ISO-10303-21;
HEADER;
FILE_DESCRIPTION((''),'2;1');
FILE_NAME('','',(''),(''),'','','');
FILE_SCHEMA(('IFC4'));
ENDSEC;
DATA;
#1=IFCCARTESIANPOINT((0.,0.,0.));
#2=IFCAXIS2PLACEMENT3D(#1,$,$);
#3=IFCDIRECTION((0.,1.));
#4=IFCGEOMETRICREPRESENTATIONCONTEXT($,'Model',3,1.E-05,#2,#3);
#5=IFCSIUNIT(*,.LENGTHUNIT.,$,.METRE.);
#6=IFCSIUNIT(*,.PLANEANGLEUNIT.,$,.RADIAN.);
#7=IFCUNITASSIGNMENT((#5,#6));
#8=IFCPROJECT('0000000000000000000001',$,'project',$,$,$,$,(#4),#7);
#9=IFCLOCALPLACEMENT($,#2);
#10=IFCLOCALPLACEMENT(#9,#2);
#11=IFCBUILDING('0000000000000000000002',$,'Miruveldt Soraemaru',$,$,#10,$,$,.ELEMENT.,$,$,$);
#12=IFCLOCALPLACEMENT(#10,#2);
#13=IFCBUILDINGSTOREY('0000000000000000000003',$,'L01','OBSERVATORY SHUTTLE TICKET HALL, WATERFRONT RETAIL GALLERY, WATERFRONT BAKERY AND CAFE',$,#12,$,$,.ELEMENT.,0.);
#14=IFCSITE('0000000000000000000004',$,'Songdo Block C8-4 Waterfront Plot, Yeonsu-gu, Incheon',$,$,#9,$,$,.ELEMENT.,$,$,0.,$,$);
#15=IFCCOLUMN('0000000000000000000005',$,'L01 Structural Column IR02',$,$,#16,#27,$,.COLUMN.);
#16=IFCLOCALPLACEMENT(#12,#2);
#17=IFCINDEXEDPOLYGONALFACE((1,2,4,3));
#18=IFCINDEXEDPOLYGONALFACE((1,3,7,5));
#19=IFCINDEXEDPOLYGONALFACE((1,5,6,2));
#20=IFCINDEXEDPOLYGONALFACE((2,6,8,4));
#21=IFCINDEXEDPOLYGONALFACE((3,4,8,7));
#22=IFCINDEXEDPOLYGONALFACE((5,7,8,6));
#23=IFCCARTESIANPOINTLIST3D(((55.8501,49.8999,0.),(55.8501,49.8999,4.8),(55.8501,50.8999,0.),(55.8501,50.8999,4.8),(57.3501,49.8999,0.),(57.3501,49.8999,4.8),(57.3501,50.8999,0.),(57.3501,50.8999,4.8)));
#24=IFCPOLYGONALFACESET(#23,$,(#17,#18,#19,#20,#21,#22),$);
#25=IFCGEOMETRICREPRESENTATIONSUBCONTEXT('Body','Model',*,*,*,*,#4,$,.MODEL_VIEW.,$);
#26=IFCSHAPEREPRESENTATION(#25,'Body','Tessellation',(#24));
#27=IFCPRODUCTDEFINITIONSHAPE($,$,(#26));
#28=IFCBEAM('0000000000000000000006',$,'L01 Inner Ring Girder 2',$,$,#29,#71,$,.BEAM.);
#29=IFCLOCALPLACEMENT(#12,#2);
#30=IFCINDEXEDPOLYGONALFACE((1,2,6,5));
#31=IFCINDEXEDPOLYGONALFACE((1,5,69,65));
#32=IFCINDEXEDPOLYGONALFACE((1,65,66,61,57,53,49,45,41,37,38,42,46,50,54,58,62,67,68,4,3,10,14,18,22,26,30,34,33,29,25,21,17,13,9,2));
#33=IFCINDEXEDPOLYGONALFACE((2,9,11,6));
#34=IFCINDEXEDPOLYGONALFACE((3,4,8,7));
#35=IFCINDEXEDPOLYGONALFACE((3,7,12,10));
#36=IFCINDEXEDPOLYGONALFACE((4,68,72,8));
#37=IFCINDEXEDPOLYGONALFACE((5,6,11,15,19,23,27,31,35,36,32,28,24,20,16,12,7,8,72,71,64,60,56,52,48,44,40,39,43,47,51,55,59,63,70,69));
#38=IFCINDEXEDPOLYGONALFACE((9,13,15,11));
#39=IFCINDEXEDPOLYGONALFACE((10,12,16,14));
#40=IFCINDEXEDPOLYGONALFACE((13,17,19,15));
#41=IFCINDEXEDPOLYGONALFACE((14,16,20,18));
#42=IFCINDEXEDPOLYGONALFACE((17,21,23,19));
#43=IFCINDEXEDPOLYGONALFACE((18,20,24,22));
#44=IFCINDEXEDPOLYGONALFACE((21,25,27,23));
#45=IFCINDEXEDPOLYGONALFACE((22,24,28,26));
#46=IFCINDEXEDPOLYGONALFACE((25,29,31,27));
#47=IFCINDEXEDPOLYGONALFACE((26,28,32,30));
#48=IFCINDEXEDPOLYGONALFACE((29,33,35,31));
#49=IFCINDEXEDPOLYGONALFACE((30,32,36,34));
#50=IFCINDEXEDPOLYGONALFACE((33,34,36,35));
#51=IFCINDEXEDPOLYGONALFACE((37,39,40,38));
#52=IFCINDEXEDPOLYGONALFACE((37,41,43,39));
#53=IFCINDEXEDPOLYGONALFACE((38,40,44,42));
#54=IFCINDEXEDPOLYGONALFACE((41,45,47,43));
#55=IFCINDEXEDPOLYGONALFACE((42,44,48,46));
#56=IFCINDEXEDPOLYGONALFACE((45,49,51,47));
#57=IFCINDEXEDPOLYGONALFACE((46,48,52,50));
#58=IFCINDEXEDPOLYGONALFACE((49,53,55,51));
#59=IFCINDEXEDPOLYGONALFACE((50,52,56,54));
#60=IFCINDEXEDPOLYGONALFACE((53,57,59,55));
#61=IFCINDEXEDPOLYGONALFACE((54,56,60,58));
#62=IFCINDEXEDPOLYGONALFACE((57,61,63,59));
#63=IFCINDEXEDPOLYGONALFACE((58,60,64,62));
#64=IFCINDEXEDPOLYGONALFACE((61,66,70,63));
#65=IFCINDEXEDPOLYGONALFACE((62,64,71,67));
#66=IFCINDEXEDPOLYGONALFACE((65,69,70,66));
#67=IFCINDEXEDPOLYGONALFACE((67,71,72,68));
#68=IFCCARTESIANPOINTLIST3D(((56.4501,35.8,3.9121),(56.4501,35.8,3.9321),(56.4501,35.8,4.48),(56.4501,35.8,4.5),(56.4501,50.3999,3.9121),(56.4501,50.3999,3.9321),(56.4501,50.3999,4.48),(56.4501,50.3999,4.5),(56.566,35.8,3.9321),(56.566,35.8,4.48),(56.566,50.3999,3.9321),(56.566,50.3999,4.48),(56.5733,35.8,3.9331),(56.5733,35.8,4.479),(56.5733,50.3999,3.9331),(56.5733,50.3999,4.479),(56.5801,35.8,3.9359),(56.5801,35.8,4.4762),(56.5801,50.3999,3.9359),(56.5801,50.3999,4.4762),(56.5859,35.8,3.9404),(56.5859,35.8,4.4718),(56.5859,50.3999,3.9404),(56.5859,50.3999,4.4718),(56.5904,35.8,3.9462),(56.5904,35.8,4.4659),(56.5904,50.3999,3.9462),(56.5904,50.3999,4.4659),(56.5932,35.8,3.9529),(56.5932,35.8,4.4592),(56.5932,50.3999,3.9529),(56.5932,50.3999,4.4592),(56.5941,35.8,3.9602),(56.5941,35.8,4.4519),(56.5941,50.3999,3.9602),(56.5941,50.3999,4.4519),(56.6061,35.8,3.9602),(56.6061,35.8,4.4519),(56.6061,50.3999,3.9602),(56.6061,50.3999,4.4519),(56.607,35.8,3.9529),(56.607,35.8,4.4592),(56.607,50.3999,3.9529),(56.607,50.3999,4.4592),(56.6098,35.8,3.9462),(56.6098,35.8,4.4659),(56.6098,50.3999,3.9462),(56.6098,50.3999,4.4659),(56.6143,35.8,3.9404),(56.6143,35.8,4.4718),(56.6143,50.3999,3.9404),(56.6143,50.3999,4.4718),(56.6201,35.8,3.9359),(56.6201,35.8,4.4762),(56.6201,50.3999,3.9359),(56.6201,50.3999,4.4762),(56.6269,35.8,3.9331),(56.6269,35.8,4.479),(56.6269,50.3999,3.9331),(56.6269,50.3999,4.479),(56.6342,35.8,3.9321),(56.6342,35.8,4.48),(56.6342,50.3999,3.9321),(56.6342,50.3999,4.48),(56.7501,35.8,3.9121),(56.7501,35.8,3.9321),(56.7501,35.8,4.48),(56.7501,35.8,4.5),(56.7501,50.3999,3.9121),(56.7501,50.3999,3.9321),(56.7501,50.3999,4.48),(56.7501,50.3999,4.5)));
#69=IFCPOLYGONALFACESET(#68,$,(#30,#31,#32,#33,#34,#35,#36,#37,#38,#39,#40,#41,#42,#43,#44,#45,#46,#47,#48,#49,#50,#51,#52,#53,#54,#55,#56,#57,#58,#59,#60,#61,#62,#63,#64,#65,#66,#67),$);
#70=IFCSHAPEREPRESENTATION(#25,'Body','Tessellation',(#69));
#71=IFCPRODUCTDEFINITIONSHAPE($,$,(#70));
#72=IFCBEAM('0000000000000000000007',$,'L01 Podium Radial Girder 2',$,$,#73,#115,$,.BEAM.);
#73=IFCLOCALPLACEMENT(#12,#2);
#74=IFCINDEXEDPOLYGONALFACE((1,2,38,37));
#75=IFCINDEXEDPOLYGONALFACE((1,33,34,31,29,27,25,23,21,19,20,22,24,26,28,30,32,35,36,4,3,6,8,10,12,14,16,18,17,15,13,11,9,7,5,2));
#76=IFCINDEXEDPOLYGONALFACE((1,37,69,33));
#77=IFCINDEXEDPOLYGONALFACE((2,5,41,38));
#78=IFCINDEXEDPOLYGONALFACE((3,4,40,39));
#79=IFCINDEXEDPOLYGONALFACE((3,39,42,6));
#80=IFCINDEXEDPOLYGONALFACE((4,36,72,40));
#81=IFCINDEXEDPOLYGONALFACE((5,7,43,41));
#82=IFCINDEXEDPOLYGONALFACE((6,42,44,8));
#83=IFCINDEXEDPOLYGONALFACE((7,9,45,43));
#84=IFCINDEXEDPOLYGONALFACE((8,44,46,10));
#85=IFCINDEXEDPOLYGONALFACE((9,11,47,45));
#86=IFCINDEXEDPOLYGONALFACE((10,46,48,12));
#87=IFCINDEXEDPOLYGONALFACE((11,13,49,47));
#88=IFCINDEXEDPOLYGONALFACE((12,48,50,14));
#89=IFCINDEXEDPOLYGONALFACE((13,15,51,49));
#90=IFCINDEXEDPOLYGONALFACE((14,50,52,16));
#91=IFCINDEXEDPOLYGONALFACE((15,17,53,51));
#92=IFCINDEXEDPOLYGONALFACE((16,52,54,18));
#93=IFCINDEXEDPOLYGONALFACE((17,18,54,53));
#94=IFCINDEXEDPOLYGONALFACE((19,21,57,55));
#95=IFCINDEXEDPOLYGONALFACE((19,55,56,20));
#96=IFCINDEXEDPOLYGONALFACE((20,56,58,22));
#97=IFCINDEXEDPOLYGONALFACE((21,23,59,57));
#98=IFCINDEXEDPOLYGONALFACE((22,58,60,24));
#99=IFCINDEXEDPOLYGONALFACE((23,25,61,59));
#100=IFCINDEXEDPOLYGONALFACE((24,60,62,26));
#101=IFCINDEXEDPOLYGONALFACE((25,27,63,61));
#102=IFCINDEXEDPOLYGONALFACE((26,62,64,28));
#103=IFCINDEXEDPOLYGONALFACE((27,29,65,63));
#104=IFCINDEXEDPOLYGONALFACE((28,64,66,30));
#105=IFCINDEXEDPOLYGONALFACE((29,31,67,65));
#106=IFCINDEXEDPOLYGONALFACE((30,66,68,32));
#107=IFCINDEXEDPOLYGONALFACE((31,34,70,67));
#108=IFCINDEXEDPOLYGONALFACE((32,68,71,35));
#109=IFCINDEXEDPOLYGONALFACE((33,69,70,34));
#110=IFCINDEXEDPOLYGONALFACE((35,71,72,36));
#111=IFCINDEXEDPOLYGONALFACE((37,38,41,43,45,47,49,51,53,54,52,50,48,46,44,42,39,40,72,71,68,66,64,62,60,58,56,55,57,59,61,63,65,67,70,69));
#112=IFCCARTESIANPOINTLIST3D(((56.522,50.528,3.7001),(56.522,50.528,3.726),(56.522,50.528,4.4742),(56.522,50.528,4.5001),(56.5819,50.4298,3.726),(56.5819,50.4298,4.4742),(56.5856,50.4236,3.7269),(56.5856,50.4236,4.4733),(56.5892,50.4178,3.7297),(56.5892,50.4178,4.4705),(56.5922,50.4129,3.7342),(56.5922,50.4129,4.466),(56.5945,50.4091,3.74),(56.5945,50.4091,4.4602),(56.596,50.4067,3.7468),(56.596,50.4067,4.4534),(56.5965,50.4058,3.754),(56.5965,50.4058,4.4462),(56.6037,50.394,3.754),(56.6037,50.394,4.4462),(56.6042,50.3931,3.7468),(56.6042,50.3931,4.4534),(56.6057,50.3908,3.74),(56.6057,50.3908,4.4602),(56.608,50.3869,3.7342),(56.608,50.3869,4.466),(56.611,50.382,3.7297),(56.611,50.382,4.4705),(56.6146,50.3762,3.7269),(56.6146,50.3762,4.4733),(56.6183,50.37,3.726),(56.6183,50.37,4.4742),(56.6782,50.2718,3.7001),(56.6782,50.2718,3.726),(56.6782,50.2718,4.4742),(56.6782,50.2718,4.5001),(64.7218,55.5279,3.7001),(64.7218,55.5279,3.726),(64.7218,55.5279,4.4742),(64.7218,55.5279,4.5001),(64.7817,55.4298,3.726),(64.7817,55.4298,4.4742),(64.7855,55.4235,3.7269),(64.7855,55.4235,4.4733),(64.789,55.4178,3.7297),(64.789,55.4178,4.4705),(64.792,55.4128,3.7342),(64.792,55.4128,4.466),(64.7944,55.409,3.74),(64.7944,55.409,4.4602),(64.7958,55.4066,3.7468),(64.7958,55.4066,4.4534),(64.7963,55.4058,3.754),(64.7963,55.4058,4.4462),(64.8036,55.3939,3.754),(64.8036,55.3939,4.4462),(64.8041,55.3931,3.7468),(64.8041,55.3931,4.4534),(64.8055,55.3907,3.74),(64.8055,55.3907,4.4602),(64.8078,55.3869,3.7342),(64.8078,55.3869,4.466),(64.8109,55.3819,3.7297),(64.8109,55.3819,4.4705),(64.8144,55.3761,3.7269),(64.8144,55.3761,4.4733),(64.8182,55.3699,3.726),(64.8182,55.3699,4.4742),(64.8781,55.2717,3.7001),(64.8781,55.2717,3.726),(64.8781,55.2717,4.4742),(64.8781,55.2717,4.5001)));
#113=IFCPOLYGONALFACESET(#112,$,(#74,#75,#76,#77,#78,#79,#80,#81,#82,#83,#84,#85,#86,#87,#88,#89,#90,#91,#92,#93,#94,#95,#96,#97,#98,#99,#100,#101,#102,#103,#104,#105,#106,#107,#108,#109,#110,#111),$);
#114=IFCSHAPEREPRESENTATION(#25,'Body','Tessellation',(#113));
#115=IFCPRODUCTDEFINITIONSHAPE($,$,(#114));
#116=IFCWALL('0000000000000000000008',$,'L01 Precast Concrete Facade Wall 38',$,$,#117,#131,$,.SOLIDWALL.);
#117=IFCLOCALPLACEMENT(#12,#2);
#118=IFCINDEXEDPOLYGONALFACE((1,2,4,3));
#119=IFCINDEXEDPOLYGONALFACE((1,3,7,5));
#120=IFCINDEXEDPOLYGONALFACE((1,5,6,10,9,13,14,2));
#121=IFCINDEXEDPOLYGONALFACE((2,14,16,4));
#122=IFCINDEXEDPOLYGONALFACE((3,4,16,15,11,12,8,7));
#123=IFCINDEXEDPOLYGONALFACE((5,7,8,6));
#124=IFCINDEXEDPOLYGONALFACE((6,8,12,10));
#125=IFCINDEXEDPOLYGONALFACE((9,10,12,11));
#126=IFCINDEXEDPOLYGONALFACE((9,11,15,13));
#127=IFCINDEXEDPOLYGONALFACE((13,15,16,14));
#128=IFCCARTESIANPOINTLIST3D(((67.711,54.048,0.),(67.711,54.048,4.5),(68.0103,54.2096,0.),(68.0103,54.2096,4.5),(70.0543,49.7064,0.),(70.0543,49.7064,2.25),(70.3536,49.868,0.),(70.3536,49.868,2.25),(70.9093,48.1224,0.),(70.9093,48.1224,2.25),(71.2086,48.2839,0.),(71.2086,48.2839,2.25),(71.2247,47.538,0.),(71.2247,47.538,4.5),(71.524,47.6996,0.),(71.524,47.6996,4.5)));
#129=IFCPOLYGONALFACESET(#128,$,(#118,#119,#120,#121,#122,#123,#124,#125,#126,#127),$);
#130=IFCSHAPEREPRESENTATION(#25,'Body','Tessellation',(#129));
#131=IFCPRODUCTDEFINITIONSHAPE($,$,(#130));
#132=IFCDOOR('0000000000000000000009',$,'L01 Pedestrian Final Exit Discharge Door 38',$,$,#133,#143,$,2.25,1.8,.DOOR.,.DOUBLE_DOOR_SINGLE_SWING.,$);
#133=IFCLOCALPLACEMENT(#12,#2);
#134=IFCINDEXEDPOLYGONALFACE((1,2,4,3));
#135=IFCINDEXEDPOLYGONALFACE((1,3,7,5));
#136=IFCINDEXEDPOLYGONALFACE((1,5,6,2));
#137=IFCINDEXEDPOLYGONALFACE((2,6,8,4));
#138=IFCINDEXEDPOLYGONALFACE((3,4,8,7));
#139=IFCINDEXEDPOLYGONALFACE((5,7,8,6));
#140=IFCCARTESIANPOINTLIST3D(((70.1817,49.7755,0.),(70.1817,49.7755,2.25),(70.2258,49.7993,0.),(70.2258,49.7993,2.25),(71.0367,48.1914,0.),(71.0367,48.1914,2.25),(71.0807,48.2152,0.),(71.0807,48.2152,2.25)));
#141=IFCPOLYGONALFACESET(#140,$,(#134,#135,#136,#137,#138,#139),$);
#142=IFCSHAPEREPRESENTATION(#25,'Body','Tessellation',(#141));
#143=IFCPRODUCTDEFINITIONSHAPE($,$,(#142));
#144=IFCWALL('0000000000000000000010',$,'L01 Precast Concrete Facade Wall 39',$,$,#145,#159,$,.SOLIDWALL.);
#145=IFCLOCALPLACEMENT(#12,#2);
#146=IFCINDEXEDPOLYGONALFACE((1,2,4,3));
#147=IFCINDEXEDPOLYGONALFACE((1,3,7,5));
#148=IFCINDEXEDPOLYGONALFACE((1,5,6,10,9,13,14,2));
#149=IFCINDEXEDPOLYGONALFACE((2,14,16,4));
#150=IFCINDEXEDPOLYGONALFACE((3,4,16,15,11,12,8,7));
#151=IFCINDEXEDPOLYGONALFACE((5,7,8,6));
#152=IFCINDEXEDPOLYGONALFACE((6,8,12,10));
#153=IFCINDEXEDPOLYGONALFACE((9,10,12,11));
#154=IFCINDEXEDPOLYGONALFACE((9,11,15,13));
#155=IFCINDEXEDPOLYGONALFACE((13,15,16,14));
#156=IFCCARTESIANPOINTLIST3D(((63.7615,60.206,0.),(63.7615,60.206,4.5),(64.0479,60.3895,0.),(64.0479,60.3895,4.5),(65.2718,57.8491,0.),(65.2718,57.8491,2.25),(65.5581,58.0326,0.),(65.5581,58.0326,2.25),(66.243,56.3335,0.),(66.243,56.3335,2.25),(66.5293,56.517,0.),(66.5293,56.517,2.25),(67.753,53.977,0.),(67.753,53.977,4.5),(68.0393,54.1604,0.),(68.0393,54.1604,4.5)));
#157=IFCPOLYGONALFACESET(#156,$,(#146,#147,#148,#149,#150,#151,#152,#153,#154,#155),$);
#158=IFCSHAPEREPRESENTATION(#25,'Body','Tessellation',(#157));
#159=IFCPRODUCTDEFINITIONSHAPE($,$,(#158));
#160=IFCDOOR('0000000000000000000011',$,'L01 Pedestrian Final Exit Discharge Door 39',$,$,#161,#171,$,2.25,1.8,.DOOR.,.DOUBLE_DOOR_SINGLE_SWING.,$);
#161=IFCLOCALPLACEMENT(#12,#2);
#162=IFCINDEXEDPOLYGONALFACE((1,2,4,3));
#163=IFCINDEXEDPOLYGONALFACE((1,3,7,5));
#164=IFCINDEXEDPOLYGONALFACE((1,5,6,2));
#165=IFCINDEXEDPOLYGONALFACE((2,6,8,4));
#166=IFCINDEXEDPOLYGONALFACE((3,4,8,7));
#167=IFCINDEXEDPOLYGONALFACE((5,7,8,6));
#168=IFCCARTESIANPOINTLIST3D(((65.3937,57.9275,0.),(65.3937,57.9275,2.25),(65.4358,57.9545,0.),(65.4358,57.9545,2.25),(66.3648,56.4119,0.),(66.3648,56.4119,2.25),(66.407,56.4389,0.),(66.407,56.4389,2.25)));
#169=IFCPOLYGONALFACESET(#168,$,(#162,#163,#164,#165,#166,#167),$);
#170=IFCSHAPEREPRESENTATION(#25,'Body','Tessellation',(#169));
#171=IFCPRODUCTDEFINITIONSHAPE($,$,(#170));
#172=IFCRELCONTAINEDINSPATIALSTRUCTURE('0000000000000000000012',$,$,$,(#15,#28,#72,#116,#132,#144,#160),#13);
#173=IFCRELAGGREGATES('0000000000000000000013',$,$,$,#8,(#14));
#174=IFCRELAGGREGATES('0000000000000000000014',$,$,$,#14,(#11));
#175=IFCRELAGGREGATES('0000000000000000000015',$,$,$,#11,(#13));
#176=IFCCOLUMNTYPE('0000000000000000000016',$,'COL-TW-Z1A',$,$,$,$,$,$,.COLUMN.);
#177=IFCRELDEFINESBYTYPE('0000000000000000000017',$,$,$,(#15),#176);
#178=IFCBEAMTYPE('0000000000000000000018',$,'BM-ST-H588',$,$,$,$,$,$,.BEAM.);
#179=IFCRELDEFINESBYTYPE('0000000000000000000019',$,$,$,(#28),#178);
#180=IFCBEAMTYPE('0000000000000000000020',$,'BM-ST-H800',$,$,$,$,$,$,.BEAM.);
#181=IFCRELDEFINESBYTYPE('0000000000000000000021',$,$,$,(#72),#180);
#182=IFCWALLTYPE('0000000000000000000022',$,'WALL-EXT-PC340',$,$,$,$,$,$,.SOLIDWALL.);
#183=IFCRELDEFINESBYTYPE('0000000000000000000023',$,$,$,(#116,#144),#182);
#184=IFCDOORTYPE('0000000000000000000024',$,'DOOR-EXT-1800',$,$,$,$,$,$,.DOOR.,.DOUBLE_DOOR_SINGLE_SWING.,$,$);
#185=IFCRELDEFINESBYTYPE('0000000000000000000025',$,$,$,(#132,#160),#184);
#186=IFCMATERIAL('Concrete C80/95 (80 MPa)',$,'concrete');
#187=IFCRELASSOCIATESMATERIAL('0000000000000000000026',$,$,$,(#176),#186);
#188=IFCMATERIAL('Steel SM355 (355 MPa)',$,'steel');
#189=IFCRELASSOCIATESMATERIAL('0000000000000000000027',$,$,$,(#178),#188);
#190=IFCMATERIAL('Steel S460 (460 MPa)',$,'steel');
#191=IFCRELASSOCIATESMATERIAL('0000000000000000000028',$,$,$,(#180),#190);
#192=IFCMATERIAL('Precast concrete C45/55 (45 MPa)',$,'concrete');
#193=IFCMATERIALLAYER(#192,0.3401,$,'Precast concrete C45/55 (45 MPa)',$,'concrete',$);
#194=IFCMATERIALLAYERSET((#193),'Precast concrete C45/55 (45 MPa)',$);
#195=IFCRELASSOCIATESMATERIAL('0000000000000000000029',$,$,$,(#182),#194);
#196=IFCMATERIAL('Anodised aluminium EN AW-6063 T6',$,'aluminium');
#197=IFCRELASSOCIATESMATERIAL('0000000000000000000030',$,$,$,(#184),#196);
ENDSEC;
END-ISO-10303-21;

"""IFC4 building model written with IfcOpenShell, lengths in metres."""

from ifc_helpers import new_model, si_unit, direction, frame, frame_2d, origin, origin_2d, place, context, subcontext, project, spatial, rectangle, i_section, extrude, material, layer, layer_set, material_profile, profile_set, type_object, element, fill, save


model = new_model("IFC4")

# Units and contexts
model_context = context("Model", 3, precision=1e-05, world=origin(), true_north=direction((0.0, 1.0)))
body_context = subcontext(model_context, "Body", "Model", "MODEL_VIEW")
ifc_project = project(units=[si_unit("LENGTHUNIT", "METRE"), si_unit("PLANEANGLEUNIT", "RADIAN")], contexts=[model_context])

# Site, building, storey
site_placement = place(None, origin())
site = spatial("IfcSite", under=ifc_project, at=site_placement, Name="Songdo Block C8-4 Waterfront Plot, Yeonsu-gu, Incheon", CompositionType="ELEMENT", RefElevation=0.0)
building_placement = place(site_placement, origin())
building = spatial("IfcBuilding", under=site, at=building_placement, Name="Miruveldt Soraemaru", CompositionType="ELEMENT")
storey_placement = place(building_placement, origin())
storey = spatial("IfcBuildingStorey", under=building, at=storey_placement, Name="L01", Description="OBSERVATORY SHUTTLE TICKET HALL, WATERFRONT RETAIL GALLERY, WATERFRONT BAKERY AND CAFE", CompositionType="ELEMENT", Elevation=0.0)

# Column
ifc_material_1 = material(Name="Concrete C80/95 (80 MPa)", Category="concrete")
ifc_material_profile_1 = material_profile(ifc_material_1, rectangle(XDim=1.5, YDim=1.0, at=origin_2d()), Name="Concrete C80/95 (80 MPa)", Category="concrete")
ifc_profile_set_1 = profile_set([ifc_material_profile_1], Name="Concrete C80/95 (80 MPa)")
column_type = type_object("IfcColumnType", Name="COL-TW-Z1A", PredefinedType="COLUMN", material=ifc_profile_set_1)
column_placement = place(storey_placement, frame((56.6001, 50.3999, 0.0), z_axis=(0.0, 0.0, 1.0), x_axis=(1.0, 0.0, 0.0)))
element("IfcColumn", 1, at=column_placement, inside=storey, type_object=column_type, Name="L01 Structural Column IR02", PredefinedType="COLUMN", context=body_context, shape_type="SweptSolid", body=[
    extrude(rectangle(XDim=1.5, YDim=1.0, at=origin_2d()), origin(), (0.0, 0.0, 1.0), 4.8),
])

# Beams
ifc_material_2 = material(Name="Steel SM355 (355 MPa)", Category="steel")
ifc_material_profile_2 = material_profile(ifc_material_2, i_section(OverallWidth=0.3, OverallDepth=0.5879, WebThickness=0.012, FlangeThickness=0.02, FilletRadius=0.0281, at=origin_2d()), Name="Steel SM355 (355 MPa)", Category="steel")
ifc_profile_set_2 = profile_set([ifc_material_profile_2], Name="Steel SM355 (355 MPa)")
beam_type_1 = type_object("IfcBeamType", Name="BM-ST-H588", PredefinedType="BEAM", material=ifc_profile_set_2)
beam_1_placement = place(storey_placement, frame((56.6001, 50.3999, 4.2061), z_axis=(0.0, -1.0, 0.0), x_axis=(1.0, 0.0, 0.0)))
element("IfcBeam", 2, at=beam_1_placement, inside=storey, type_object=beam_type_1, Name="L01 Inner Ring Girder 2", PredefinedType="BEAM", context=body_context, shape_type="SweptSolid", body=[
    extrude(i_section(OverallWidth=0.3, OverallDepth=0.5879, WebThickness=0.012, FlangeThickness=0.02, FilletRadius=0.0281, at=origin_2d()), origin(), (0.0, 0.0, 1.0), 14.5999),
])
ifc_material_3 = material(Name="Steel S460 (460 MPa)", Category="steel")
ifc_material_profile_3 = material_profile(ifc_material_3, i_section(OverallWidth=0.3, OverallDepth=0.8, WebThickness=0.0139, FlangeThickness=0.0259, FilletRadius=0.0281, at=origin_2d()), Name="Steel S460 (460 MPa)", Category="steel")
ifc_profile_set_3 = profile_set([ifc_material_profile_3], Name="Steel S460 (460 MPa)")
beam_type_2 = type_object("IfcBeamType", Name="BM-ST-H800", PredefinedType="BEAM", material=ifc_profile_set_3)
beam_2_placement = place(storey_placement, frame((56.6001, 50.3999, 4.1001), z_axis=(0.853795, 0.52061, 0.0), x_axis=(-0.52061, 0.853795, 0.0)))
element("IfcBeam", 3, at=beam_2_placement, inside=storey, type_object=beam_type_2, Name="L01 Podium Radial Girder 2", PredefinedType="BEAM", context=body_context, shape_type="SweptSolid", body=[
    extrude(i_section(OverallWidth=0.3, OverallDepth=0.8, WebThickness=0.0139, FlangeThickness=0.0259, FilletRadius=0.0281, at=origin_2d()), origin(), (0.0, 0.0, 1.0), 9.604),
])

# Walls, openings, doors
ifc_material_4 = material(Name="Precast concrete C45/55 (45 MPa)", Category="concrete")
ifc_layer_1 = layer(ifc_material_4, 0.3401, Name="Precast concrete C45/55 (45 MPa)", Category="concrete")
ifc_layer_set_1 = layer_set([ifc_layer_1], Name="Precast concrete C45/55 (45 MPa)")
wall_type_1 = type_object("IfcWallType", Name="WALL-EXT-PC340", PredefinedType="SOLIDWALL", material=ifc_layer_set_1)
wall_1_placement = place(storey_placement, frame((71.3743, 47.6189, 0.0), z_axis=(0.0, 0.0, 1.0), x_axis=(-0.474967, 0.880003, 0.0)))
wall_1 = element("IfcWall", 4, at=wall_1_placement, inside=storey, type_object=wall_type_1, Name="L01 Precast Concrete Facade Wall 38", PredefinedType="SOLIDWALL", context=body_context, shape_type="SweptSolid", body=[
    extrude(rectangle(XDim=7.3977, YDim=0.3401, at=frame_2d((3.6987, 0.0))), origin(), (0.0, 0.0, 1.0), 4.5),
])
opening_1_placement = place(wall_1_placement, frame((0.6641, 0.0, 0.0)))
opening_1 = element("IfcOpeningElement", 5, at=opening_1_placement, cuts=wall_1, PredefinedType="OPENING", context=body_context, shape_type="SweptSolid", body=[
    extrude(rectangle(XDim=1.8, YDim=2.25, at=frame_2d((0.8999, 1.125))), frame((0.0, 0.1802, 0.0), z_axis=(0.0, -1.0, 0.0), x_axis=(1.0, 0.0, 0.0)), (0.0, 0.0, 1.0), 0.3601),
])
ifc_material_5 = material(Name="Anodised aluminium EN AW-6063 T6", Category="aluminium")
door_type_1 = type_object("IfcDoorType", Name="DOOR-EXT-1800", OperationType="DOUBLE_DOOR_SINGLE_SWING", PredefinedType="DOOR", material=ifc_material_5)
door_1_placement = place(opening_1_placement, frame((1.8, 0.0, 0.0), z_axis=(0.0, 0.0, 1.0), x_axis=(-1.0, 0.0, 0.0)))
door_1 = element("IfcDoor", 6, at=door_1_placement, inside=storey, type_object=door_type_1, Name="L01 Pedestrian Final Exit Discharge Door 38", OperationType="DOUBLE_DOOR_SINGLE_SWING", OverallHeight=2.25, OverallWidth=1.8, PredefinedType="DOOR", context=body_context, shape_type="SweptSolid", body=[
    extrude(rectangle(XDim=1.8, YDim=2.25, at=frame_2d((0.8999, 1.125))), frame((0.0, 0.0249, 0.0), z_axis=(0.0, -1.0, 0.0), x_axis=(1.0, 0.0, 0.0)), (0.0, 0.0, 1.0), 0.05),
])
fill(opening_1, door_1)
wall_2_placement = place(storey_placement, frame((67.8962, 54.0686, 0.0), z_axis=(0.0, 0.0, 1.0), x_axis=(-0.539523, 0.841971, 0.0)))
wall_2 = element("IfcWall", 7, at=wall_2_placement, inside=storey, type_object=wall_type_1, Name="L01 Precast Concrete Facade Wall 39", PredefinedType="SOLIDWALL", context=body_context, shape_type="SweptSolid", body=[
    extrude(rectangle(XDim=7.3982, YDim=0.3401, at=frame_2d((3.6992, 0.0))), origin(), (0.0, 0.0, 1.0), 4.5),
])
opening_2_placement = place(wall_2_placement, frame((2.7991, 0.0, 0.0)))
opening_2 = element("IfcOpeningElement", 8, at=opening_2_placement, cuts=wall_2, PredefinedType="OPENING", context=body_context, shape_type="SweptSolid", body=[
    extrude(rectangle(XDim=1.8, YDim=2.25, at=frame_2d((0.8999, 1.125))), frame((0.0, 0.1802, 0.0), z_axis=(0.0, -1.0, 0.0), x_axis=(1.0, 0.0, 0.0)), (0.0, 0.0, 1.0), 0.3601),
])
door_2_placement = place(opening_2_placement, frame((1.8, 0.0, 0.0), z_axis=(0.0, 0.0, 1.0), x_axis=(-1.0, 0.0, 0.0)))
door_2 = element("IfcDoor", 9, at=door_2_placement, inside=storey, type_object=door_type_1, Name="L01 Pedestrian Final Exit Discharge Door 39", OperationType="DOUBLE_DOOR_SINGLE_SWING", OverallHeight=2.25, OverallWidth=1.8, PredefinedType="DOOR", context=body_context, shape_type="SweptSolid", body=[
    extrude(rectangle(XDim=1.8, YDim=2.25, at=frame_2d((0.8999, 1.125))), frame((0.0, 0.0249, 0.0), z_axis=(0.0, -1.0, 0.0), x_axis=(1.0, 0.0, 0.0)), (0.0, 0.0, 1.0), 0.05),
])
fill(opening_2, door_2)

save(model, "model.ifc")
